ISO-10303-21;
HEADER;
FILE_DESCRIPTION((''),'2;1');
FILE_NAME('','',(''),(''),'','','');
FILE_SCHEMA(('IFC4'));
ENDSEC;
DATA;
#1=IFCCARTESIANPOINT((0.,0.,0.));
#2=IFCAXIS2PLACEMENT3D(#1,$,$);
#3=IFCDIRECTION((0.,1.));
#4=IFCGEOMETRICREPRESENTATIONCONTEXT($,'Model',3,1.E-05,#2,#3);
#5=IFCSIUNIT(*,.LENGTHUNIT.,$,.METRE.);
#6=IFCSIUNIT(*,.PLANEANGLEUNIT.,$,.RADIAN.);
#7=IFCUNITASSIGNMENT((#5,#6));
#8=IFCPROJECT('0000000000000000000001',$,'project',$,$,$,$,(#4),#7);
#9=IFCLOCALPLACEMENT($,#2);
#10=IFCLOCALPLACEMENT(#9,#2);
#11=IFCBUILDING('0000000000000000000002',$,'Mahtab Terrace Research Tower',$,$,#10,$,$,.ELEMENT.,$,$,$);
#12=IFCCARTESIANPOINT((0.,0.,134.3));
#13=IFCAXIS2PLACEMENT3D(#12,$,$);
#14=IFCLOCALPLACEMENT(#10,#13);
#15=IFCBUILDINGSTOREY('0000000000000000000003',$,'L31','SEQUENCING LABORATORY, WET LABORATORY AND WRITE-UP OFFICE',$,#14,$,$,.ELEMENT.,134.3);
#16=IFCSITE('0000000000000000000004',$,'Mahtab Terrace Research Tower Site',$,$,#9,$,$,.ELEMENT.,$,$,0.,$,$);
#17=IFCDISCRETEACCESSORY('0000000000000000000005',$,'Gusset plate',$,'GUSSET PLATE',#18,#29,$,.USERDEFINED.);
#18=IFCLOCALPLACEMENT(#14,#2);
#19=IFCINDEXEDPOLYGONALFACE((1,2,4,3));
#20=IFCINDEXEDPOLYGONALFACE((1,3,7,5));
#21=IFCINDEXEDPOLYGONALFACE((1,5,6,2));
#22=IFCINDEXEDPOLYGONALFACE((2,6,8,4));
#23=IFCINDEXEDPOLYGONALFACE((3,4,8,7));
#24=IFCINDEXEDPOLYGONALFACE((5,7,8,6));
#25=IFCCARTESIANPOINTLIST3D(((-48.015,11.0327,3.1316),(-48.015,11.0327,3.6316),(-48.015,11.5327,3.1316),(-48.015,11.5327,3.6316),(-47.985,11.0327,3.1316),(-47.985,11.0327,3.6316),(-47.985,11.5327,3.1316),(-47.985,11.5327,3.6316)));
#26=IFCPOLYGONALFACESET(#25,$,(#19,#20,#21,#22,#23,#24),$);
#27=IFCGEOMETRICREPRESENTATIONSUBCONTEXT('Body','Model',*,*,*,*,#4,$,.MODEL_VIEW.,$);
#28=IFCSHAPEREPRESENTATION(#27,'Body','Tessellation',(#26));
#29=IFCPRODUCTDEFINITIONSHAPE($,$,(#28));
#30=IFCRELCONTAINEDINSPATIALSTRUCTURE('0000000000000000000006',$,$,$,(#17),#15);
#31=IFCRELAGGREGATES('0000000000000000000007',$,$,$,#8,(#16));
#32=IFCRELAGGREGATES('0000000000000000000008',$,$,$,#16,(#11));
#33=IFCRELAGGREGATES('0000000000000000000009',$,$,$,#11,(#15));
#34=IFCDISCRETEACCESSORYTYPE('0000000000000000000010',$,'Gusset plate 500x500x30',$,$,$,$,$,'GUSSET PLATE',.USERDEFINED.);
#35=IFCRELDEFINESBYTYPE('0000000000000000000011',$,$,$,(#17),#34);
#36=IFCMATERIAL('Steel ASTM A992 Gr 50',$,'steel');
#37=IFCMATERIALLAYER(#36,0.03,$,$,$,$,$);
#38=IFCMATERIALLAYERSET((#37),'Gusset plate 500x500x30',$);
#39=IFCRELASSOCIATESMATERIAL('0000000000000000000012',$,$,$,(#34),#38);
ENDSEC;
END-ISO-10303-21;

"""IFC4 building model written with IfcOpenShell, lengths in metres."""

from ifc_helpers import new_model, si_unit, direction, frame, origin, origin_2d, place, context, subcontext, project, spatial, rectangle, extrude, material, layer, layer_set, type_object, element, save


model = new_model("IFC4")

# Units and contexts
model_context = context("Model", 3, precision=1e-05, world=origin(), true_north=direction((0.0, 1.0)))
body_context = subcontext(model_context, "Body", "Model", "MODEL_VIEW")
ifc_project = project(units=[si_unit("LENGTHUNIT", "METRE"), si_unit("PLANEANGLEUNIT", "RADIAN")], contexts=[model_context])

# Site, building, storey
site_placement = place(None, origin())
site = spatial("IfcSite", under=ifc_project, at=site_placement, Name="Mahtab Terrace Research Tower Site", CompositionType="ELEMENT", RefElevation=0.0)
building_placement = place(site_placement, origin())
building = spatial("IfcBuilding", under=site, at=building_placement, Name="Mahtab Terrace Research Tower", CompositionType="ELEMENT")
storey_placement = place(building_placement, frame((0.0, 0.0, 134.3)))
storey = spatial("IfcBuildingStorey", under=building, at=storey_placement, Name="L31", Description="SEQUENCING LABORATORY, WET LABORATORY AND WRITE-UP OFFICE", CompositionType="ELEMENT", Elevation=134.3)

# Shared definitions
ifc_material_1 = material(Name="Steel ASTM A992 Gr 50", Category="steel")

# Discrete accessory
ifc_layer_1 = layer(ifc_material_1, 0.03)
ifc_layer_set_1 = layer_set([ifc_layer_1], Name="Gusset plate 500x500x30")
discrete_accessory_type = type_object("IfcDiscreteAccessoryType", Name="Gusset plate 500x500x30", ElementType="GUSSET PLATE", PredefinedType="USERDEFINED", material=ifc_layer_set_1)
for number, where, z_axis, x_axis, name in (
    (1, (-48.0, 11.2827, 3.1316), (0.0, 0.0, 1.0), (0.0, 1.0, 0.0), "Gusset plate"),
):
    element("IfcDiscreteAccessory", number, at=place(storey_placement, frame(where, z_axis=z_axis, x_axis=x_axis)), inside=storey, type_object=discrete_accessory_type, Name=name, ObjectType="GUSSET PLATE", PredefinedType="USERDEFINED", context=body_context, shape_type="SweptSolid", body=[
        extrude(rectangle(XDim=0.5, YDim=0.03, at=origin_2d()), origin(), (0.0, 0.0, 1.0), 0.5),
    ])

save(model, "model.ifc")
